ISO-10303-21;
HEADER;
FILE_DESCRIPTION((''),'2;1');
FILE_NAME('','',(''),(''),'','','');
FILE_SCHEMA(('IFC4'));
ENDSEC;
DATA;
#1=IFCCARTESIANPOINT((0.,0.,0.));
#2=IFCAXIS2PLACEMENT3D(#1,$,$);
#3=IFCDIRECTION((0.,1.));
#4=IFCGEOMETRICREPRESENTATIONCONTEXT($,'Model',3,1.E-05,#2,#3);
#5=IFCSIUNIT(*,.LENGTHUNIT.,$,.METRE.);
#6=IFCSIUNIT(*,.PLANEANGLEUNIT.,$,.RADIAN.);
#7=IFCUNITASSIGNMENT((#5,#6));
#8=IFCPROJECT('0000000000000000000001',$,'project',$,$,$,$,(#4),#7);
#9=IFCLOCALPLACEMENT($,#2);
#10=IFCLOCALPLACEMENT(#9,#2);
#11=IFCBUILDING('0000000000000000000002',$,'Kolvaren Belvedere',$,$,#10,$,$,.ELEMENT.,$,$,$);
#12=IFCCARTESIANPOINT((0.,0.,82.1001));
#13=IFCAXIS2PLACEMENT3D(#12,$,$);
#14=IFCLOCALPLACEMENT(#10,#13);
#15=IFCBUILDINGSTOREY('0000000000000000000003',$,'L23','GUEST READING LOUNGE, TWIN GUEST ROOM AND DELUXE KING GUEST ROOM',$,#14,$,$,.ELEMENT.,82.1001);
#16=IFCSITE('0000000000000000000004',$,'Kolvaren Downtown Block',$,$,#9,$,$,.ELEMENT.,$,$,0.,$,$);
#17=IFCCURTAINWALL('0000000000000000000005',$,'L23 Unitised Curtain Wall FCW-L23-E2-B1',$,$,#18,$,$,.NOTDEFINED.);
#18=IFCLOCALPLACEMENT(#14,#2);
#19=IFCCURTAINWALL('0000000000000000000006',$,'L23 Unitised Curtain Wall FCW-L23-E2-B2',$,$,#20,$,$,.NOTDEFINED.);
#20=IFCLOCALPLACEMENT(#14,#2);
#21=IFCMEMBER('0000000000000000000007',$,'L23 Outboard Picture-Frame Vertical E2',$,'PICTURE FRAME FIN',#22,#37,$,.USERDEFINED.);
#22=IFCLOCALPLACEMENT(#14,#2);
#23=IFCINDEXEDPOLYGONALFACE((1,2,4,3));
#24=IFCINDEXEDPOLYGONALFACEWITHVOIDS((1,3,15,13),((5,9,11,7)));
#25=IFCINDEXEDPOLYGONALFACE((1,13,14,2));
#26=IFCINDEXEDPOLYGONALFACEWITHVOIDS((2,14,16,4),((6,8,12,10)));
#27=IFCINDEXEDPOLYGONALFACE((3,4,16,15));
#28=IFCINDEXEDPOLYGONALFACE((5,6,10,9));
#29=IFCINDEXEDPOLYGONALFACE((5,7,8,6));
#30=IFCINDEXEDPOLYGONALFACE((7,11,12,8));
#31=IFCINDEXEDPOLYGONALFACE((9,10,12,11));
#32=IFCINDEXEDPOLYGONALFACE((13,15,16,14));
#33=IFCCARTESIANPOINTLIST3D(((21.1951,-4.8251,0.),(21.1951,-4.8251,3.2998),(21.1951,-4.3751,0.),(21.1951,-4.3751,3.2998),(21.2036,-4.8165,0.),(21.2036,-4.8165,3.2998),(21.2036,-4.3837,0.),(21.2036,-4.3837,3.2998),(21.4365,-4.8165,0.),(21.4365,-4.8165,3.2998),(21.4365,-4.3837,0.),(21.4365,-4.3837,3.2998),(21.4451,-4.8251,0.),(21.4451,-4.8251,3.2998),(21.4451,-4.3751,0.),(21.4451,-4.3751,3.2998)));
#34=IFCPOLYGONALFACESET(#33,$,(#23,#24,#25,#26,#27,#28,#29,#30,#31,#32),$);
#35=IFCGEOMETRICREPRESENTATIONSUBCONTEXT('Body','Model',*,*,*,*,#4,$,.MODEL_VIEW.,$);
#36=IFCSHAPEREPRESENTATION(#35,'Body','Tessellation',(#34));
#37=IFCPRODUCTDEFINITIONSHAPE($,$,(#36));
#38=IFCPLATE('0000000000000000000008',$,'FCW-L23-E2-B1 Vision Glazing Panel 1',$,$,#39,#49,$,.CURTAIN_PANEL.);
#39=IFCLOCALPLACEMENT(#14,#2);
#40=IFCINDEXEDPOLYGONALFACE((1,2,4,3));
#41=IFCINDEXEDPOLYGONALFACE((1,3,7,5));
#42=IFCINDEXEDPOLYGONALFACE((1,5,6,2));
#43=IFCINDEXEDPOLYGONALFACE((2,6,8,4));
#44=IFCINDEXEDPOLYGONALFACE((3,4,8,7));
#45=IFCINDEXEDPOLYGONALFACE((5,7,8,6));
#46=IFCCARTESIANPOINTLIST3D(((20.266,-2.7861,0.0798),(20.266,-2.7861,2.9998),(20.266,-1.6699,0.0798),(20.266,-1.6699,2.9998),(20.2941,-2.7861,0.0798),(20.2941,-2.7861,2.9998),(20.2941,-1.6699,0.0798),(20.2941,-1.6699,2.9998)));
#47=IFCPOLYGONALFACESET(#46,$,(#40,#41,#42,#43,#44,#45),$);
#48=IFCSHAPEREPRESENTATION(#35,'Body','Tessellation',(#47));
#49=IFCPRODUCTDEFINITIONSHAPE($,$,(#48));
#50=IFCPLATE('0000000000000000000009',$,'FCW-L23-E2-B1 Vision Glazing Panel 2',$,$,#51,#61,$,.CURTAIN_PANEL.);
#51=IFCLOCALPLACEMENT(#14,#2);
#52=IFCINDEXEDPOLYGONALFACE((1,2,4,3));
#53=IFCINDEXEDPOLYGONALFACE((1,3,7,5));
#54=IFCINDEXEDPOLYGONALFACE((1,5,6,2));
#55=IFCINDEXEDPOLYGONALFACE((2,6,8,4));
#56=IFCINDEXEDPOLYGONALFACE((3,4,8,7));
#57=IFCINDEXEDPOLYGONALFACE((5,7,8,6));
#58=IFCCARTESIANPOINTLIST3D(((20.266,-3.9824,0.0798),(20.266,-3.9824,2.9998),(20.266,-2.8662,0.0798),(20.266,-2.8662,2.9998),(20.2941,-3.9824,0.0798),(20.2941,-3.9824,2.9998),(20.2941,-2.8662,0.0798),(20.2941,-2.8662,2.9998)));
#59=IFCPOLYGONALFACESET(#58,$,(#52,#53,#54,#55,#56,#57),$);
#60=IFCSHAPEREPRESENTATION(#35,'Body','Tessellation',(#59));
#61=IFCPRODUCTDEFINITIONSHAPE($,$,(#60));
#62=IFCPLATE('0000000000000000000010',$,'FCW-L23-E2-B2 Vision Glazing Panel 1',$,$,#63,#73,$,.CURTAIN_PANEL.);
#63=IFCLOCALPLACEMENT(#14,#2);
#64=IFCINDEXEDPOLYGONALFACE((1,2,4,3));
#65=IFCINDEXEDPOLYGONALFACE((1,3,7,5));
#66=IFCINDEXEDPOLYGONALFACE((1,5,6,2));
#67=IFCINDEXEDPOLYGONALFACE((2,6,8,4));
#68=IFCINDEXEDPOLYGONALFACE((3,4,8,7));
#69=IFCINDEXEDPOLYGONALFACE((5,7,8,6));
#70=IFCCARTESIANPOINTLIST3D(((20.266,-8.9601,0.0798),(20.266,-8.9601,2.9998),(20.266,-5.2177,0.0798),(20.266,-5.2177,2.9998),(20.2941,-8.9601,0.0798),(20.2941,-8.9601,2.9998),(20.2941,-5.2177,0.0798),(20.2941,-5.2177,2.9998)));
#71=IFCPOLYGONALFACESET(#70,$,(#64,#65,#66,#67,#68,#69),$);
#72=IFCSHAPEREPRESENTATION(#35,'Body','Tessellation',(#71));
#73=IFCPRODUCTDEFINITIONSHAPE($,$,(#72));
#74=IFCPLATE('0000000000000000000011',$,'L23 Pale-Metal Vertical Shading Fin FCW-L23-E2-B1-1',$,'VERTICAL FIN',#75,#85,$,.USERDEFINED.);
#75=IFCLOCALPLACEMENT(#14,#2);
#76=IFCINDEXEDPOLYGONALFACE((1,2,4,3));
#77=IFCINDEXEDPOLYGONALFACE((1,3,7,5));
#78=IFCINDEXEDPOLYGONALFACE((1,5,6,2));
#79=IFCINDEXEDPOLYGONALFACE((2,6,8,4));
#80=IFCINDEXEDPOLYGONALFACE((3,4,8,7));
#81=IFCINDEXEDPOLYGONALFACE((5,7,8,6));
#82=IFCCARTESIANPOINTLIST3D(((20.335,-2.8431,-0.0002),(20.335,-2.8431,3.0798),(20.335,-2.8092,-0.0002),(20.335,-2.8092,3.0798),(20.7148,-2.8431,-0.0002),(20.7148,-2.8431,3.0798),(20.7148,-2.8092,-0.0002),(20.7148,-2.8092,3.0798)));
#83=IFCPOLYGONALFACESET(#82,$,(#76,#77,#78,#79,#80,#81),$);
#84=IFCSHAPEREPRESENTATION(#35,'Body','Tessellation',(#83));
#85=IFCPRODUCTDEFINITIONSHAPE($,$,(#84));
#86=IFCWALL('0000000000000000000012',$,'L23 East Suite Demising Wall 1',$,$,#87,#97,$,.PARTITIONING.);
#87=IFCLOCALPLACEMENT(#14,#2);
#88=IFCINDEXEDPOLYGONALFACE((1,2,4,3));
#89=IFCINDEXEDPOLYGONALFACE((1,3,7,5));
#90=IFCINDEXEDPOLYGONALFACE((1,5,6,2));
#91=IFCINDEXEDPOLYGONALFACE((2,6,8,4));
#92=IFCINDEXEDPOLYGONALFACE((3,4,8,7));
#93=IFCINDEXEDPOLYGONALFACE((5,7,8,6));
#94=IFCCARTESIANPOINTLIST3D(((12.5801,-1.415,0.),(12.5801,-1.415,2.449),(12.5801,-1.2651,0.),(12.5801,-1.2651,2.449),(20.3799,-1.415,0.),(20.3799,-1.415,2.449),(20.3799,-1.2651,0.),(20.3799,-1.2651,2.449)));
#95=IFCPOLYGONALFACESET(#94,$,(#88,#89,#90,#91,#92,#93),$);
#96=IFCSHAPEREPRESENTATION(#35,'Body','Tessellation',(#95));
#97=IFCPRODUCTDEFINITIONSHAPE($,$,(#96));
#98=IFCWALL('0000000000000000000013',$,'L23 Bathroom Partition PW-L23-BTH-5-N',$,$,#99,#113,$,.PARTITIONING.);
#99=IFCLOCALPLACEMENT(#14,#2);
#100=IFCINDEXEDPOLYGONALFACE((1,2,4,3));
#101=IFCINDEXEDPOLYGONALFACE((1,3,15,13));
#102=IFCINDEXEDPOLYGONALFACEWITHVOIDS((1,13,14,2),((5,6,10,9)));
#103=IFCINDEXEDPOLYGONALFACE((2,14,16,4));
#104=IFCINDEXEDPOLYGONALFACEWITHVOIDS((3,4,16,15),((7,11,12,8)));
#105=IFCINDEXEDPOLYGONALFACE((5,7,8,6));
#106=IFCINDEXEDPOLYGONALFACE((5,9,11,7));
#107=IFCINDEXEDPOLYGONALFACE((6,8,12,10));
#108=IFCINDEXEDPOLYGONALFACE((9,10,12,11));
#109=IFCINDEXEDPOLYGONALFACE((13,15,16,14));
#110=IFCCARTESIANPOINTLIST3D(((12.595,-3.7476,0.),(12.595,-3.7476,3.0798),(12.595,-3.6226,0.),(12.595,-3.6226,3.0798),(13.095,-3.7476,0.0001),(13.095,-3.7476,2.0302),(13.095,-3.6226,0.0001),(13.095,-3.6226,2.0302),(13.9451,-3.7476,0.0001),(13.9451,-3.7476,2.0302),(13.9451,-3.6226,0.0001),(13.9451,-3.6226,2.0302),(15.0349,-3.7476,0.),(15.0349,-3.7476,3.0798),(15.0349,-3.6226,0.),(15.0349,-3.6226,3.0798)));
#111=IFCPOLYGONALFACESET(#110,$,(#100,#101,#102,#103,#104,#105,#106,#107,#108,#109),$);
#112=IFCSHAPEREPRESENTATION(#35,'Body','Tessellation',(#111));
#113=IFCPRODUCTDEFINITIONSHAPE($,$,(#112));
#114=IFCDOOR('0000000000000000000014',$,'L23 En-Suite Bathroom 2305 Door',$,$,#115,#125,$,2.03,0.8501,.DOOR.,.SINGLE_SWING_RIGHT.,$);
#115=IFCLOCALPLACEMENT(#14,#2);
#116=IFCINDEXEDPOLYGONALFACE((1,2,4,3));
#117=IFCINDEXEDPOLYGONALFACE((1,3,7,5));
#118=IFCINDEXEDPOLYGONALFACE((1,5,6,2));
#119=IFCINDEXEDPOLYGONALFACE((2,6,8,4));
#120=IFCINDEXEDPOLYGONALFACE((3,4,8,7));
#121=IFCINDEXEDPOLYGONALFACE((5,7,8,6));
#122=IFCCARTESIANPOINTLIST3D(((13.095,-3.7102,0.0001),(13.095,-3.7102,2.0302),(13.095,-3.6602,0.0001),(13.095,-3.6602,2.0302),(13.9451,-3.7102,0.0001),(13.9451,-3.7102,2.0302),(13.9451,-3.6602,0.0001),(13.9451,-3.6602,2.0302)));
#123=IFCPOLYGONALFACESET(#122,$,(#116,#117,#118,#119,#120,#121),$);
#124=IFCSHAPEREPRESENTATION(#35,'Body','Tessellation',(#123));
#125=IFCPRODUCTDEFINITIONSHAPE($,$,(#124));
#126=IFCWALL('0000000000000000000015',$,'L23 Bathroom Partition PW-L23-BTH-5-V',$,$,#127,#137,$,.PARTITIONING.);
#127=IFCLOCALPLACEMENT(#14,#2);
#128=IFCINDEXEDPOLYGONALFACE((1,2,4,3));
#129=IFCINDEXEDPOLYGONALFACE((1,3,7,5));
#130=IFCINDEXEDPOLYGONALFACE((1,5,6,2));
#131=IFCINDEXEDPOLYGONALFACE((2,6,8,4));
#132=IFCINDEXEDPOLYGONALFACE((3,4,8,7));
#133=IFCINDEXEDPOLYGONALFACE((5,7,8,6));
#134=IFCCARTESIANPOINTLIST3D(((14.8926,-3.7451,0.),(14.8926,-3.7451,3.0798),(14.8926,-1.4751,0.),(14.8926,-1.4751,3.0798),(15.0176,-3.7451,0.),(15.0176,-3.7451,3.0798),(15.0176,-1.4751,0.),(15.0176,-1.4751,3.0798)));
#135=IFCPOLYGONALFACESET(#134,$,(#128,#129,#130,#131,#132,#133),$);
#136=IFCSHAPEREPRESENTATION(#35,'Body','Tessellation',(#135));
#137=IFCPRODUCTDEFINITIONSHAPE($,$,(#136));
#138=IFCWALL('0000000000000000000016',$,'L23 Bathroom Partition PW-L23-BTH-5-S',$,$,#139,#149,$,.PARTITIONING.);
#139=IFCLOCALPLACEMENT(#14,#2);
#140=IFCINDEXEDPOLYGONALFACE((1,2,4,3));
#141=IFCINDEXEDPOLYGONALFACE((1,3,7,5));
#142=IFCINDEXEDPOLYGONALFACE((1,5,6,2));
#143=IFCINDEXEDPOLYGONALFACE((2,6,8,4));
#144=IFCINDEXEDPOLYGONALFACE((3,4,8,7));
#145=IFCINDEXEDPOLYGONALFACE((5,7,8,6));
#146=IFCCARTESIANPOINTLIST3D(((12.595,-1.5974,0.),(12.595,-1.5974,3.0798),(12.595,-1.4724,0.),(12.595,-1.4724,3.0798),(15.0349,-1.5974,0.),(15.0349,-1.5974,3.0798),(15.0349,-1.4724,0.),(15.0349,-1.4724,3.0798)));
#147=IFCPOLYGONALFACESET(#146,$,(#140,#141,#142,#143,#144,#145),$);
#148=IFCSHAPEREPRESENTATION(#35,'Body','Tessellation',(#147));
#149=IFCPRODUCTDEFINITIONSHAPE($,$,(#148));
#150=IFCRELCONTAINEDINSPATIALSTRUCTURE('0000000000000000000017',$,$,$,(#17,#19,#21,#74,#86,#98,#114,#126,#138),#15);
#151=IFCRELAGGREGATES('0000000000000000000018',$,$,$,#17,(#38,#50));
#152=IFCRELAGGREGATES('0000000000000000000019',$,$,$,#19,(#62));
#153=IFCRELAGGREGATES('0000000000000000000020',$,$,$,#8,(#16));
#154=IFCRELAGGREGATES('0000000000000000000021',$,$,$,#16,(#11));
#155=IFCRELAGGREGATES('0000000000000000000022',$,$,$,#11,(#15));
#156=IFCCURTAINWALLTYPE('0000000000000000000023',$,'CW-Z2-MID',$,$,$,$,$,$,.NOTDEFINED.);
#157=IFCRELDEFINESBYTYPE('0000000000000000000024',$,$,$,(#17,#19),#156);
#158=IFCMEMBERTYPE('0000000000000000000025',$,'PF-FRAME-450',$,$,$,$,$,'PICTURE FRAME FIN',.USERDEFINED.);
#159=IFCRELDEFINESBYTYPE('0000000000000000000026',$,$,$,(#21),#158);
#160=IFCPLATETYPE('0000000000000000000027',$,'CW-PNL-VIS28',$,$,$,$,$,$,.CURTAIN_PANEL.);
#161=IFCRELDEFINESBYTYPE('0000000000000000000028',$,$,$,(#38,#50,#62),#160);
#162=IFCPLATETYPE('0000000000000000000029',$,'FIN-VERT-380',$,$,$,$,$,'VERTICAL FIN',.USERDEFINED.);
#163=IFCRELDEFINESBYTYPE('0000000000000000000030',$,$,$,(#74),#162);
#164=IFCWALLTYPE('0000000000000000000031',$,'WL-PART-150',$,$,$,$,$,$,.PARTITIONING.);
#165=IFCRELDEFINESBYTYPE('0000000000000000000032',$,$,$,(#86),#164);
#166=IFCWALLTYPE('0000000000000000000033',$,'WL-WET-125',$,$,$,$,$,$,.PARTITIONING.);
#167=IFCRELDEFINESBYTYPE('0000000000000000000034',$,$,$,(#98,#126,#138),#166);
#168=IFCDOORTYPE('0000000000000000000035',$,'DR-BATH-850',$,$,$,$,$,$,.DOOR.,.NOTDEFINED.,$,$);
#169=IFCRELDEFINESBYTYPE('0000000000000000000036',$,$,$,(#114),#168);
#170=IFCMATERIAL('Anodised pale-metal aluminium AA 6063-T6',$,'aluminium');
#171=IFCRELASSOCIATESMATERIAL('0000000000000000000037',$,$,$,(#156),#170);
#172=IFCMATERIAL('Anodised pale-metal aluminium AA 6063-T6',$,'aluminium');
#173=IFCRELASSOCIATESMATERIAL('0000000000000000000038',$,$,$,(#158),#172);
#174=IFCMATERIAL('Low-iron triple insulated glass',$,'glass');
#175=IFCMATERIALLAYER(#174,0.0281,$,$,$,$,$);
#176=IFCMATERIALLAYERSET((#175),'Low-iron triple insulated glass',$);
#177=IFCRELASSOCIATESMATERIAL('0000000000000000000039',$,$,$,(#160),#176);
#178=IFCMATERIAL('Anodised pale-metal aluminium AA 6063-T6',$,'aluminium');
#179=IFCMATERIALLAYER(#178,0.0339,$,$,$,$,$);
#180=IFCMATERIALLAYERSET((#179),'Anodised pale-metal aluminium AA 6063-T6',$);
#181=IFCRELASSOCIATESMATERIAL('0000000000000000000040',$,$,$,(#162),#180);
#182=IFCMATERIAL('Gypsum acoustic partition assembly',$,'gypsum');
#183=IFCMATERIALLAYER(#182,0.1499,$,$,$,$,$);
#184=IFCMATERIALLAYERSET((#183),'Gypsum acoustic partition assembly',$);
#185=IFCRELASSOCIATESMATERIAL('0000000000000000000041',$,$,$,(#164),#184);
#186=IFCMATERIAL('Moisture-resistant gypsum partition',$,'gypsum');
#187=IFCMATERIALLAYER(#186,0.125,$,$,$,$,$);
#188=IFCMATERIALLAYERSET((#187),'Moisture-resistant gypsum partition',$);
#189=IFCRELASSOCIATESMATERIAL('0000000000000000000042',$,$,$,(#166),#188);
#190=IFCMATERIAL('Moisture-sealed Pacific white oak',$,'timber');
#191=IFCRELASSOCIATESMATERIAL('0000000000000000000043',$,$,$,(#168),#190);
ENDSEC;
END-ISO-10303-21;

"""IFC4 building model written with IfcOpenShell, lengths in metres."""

from ifc_helpers import new_model, si_unit, direction, frame, frame_2d, origin, origin_2d, place, context, subcontext, project, spatial, rectangle, hollow_rectangle, extrude, material, layer, layer_set, material_profile, profile_set, type_object, element, fill, aggregate, save


model = new_model("IFC4")

# Units and contexts
model_context = context("Model", 3, precision=1e-05, world=origin(), true_north=direction((0.0, 1.0)))
body_context = subcontext(model_context, "Body", "Model", "MODEL_VIEW")
ifc_project = project(units=[si_unit("LENGTHUNIT", "METRE"), si_unit("PLANEANGLEUNIT", "RADIAN")], contexts=[model_context])

# Site, building, storey
site_placement = place(None, origin())
site = spatial("IfcSite", under=ifc_project, at=site_placement, Name="Kolvaren Downtown Block", CompositionType="ELEMENT", RefElevation=0.0)
building_placement = place(site_placement, origin())
building = spatial("IfcBuilding", under=site, at=building_placement, Name="Kolvaren Belvedere", CompositionType="ELEMENT")
storey_placement = place(building_placement, frame((0.0, 0.0, 82.1001)))
storey = spatial("IfcBuildingStorey", under=building, at=storey_placement, Name="L23", Description="GUEST READING LOUNGE, TWIN GUEST ROOM AND DELUXE KING GUEST ROOM", CompositionType="ELEMENT", Elevation=82.1001)

# Curtain wall
ifc_material_1 = material(Name="Anodised pale-metal aluminium AA 6063-T6", Category="aluminium")
curtain_wall_type = type_object("IfcCurtainWallType", Name="CW-Z2-MID", PredefinedType="NOTDEFINED", material=ifc_material_1)
curtain_wall_1_placement = place(storey_placement, origin())
curtain_wall_1 = element("IfcCurtainWall", 1, at=curtain_wall_1_placement, inside=storey, type_object=curtain_wall_type, Name="L23 Unitised Curtain Wall FCW-L23-E2-B1", PredefinedType="NOTDEFINED")

# Curtain wall
curtain_wall_2_placement = place(storey_placement, origin())
curtain_wall_2 = element("IfcCurtainWall", 2, at=curtain_wall_2_placement, inside=storey, type_object=curtain_wall_type, Name="L23 Unitised Curtain Wall FCW-L23-E2-B2", PredefinedType="NOTDEFINED")

# Member
ifc_material_2 = material(Name="Anodised pale-metal aluminium AA 6063-T6", Category="aluminium")
ifc_material_profile_1 = material_profile(ifc_material_2, hollow_rectangle(XDim=0.25, YDim=0.45, WallThickness=0.0085, at=origin_2d()), Name="ALU-PF-450X250")
ifc_profile_set_1 = profile_set([ifc_material_profile_1], Name="Anodised pale-metal aluminium AA 6063-T6")
member_type_1 = type_object("IfcMemberType", Name="PF-FRAME-450", ElementType="PICTURE FRAME FIN", PredefinedType="USERDEFINED", material=ifc_profile_set_1)
member_1_placement = place(storey_placement, frame((21.3201, -4.6001, 0.0), z_axis=(0.0, 0.0, 1.0), x_axis=(1.0, 0.0, 0.0)))
element("IfcMember", 3, at=member_1_placement, inside=storey, type_object=member_type_1, Name="L23 Outboard Picture-Frame Vertical E2", ObjectType="PICTURE FRAME FIN", PredefinedType="USERDEFINED", context=body_context, shape_type="SweptSolid", body=[
    extrude(hollow_rectangle(XDim=0.25, YDim=0.45, WallThickness=0.0085, at=origin_2d()), origin(), (0.0, 0.0, 1.0), 3.2998),
])

# Plates
ifc_material_3 = material(Name="Low-iron triple insulated glass", Category="glass")
ifc_layer_1 = layer(ifc_material_3, 0.0281)
ifc_layer_set_1 = layer_set([ifc_layer_1], Name="Low-iron triple insulated glass")
plate_type_1 = type_object("IfcPlateType", Name="CW-PNL-VIS28", PredefinedType="CURTAIN_PANEL", material=ifc_layer_set_1)
plate_1_placement = place(storey_placement, frame((20.28, -2.228, 0.0798), z_axis=(0.0, 0.0, 1.0), x_axis=(0.0, -1.0, 0.0)))
plate_1 = element("IfcPlate", 4, at=plate_1_placement, type_object=plate_type_1, Name="FCW-L23-E2-B1 Vision Glazing Panel 1", PredefinedType="CURTAIN_PANEL", context=body_context, shape_type="SweptSolid", body=[
    extrude(rectangle(XDim=1.1162, YDim=0.0281, at=origin_2d()), origin(), (0.0, 0.0, 1.0), 2.9199),
])
plate_2_placement = place(storey_placement, frame((20.28, -3.4243, 0.0798), z_axis=(0.0, 0.0, 1.0), x_axis=(0.0, -1.0, 0.0)))
plate_2 = element("IfcPlate", 5, at=plate_2_placement, type_object=plate_type_1, Name="FCW-L23-E2-B1 Vision Glazing Panel 2", PredefinedType="CURTAIN_PANEL", context=body_context, shape_type="SweptSolid", body=[
    extrude(rectangle(XDim=1.1162, YDim=0.0281, at=origin_2d()), origin(), (0.0, 0.0, 1.0), 2.9199),
])
aggregate(curtain_wall_1, [plate_1, plate_2])
plate_3_placement = place(storey_placement, frame((20.28, -7.0889, 0.0798), z_axis=(0.0, 0.0, 1.0), x_axis=(0.0, -1.0, 0.0)))
plate_3 = element("IfcPlate", 6, at=plate_3_placement, type_object=plate_type_1, Name="FCW-L23-E2-B2 Vision Glazing Panel 1", PredefinedType="CURTAIN_PANEL", context=body_context, shape_type="SweptSolid", body=[
    extrude(rectangle(XDim=3.7424, YDim=0.0281, at=origin_2d()), origin(), (0.0, 0.0, 1.0), 2.9199),
])
aggregate(curtain_wall_2, [plate_3])
ifc_material_4 = material(Name="Anodised pale-metal aluminium AA 6063-T6", Category="aluminium")
ifc_layer_2 = layer(ifc_material_4, 0.0339)
ifc_layer_set_2 = layer_set([ifc_layer_2], Name="Anodised pale-metal aluminium AA 6063-T6")
plate_type_2 = type_object("IfcPlateType", Name="FIN-VERT-380", ElementType="VERTICAL FIN", PredefinedType="USERDEFINED", material=ifc_layer_set_2)
plate_4_placement = place(storey_placement, frame((20.5249, -2.8262, -0.0002), z_axis=(0.0, 0.0, 1.0), x_axis=(1.0, 0.0, 0.0)))
element("IfcPlate", 7, at=plate_4_placement, inside=storey, type_object=plate_type_2, Name="L23 Pale-Metal Vertical Shading Fin FCW-L23-E2-B1-1", ObjectType="VERTICAL FIN", PredefinedType="USERDEFINED", context=body_context, shape_type="SweptSolid", body=[
    extrude(rectangle(XDim=0.3799, YDim=0.0339, at=origin_2d()), origin(), (0.0, 0.0, 1.0), 3.0801),
])

# Wall
ifc_material_5 = material(Name="Gypsum acoustic partition assembly", Category="gypsum")
ifc_layer_3 = layer(ifc_material_5, 0.1499)
ifc_layer_set_3 = layer_set([ifc_layer_3], Name="Gypsum acoustic partition assembly")
wall_type_1 = type_object("IfcWallType", Name="WL-PART-150", PredefinedType="PARTITIONING", material=ifc_layer_set_3)
wall_1_placement = place(storey_placement, frame((12.5801, -1.3401, 0.0), z_axis=(0.0, 0.0, 1.0), x_axis=(1.0, 0.0, 0.0)))
element("IfcWall", 8, at=wall_1_placement, inside=storey, type_object=wall_type_1, Name="L23 East Suite Demising Wall 1", PredefinedType="PARTITIONING", context=body_context, shape_type="SweptSolid", body=[
    extrude(rectangle(XDim=7.7998, YDim=0.1499, at=frame_2d((3.8999, 0.0))), origin(), (0.0, 0.0, 1.0), 2.449),
])

# Wall, opening, door
ifc_material_6 = material(Name="Moisture-resistant gypsum partition", Category="gypsum")
ifc_layer_4 = layer(ifc_material_6, 0.125)
ifc_layer_set_4 = layer_set([ifc_layer_4], Name="Moisture-resistant gypsum partition")
wall_type_2 = type_object("IfcWallType", Name="WL-WET-125", PredefinedType="PARTITIONING", material=ifc_layer_set_4)
wall_2_placement = place(storey_placement, frame((12.595, -3.6851, 0.0), z_axis=(0.0, 0.0, 1.0), x_axis=(1.0, 0.0, 0.0)))
wall_2 = element("IfcWall", 9, at=wall_2_placement, inside=storey, type_object=wall_type_2, Name="L23 Bathroom Partition PW-L23-BTH-5-N", PredefinedType="PARTITIONING", context=body_context, shape_type="SweptSolid", body=[
    extrude(rectangle(XDim=2.4399, YDim=0.125, at=frame_2d((1.22, 0.0))), origin(), (0.0, 0.0, 1.0), 3.0798),
])
opening_placement = place(wall_2_placement, frame((0.5, 0.0, 0.0)))
opening = element("IfcOpeningElement", 10, at=opening_placement, cuts=wall_2, PredefinedType="OPENING", context=body_context, shape_type="SweptSolid", body=[
    extrude(rectangle(XDim=0.8501, YDim=2.03, at=frame_2d((0.425, 1.0151))), frame((0.0, 0.0725, 0.0), z_axis=(0.0, -1.0, 0.0), x_axis=(1.0, 0.0, 0.0)), (0.0, 0.0, 1.0), 0.145),
])
ifc_material_7 = material(Name="Moisture-sealed Pacific white oak", Category="timber")
door_type = type_object("IfcDoorType", Name="DR-BATH-850", OperationType="NOTDEFINED", PredefinedType="DOOR", material=ifc_material_7)
door_placement = place(opening_placement, origin())
door = element("IfcDoor", 11, at=door_placement, inside=storey, type_object=door_type, Name="L23 En-Suite Bathroom 2305 Door", OperationType="SINGLE_SWING_RIGHT", OverallHeight=2.03, OverallWidth=0.8501, PredefinedType="DOOR", context=body_context, shape_type="SweptSolid", body=[
    extrude(rectangle(XDim=0.8501, YDim=2.03, at=frame_2d((0.425, 1.0151))), frame((0.0, 0.0249, 0.0), z_axis=(0.0, -1.0, 0.0), x_axis=(1.0, 0.0, 0.0)), (0.0, 0.0, 1.0), 0.05),
])
fill(opening, door)

# Walls
wall_3_placement = place(storey_placement, frame((14.9551, -3.7451, 0.0), z_axis=(0.0, 0.0, 1.0), x_axis=(0.0, 1.0, 0.0)))
element("IfcWall", 12, at=wall_3_placement, inside=storey, type_object=wall_type_2, Name="L23 Bathroom Partition PW-L23-BTH-5-V", PredefinedType="PARTITIONING", context=body_context, shape_type="SweptSolid", body=[
    extrude(rectangle(XDim=2.27, YDim=0.125, at=frame_2d((1.135, 0.0))), origin(), (0.0, 0.0, 1.0), 3.0798),
])
wall_4_placement = place(storey_placement, frame((12.595, -1.5349, 0.0), z_axis=(0.0, 0.0, 1.0), x_axis=(1.0, 0.0, 0.0)))
element("IfcWall", 13, at=wall_4_placement, inside=storey, type_object=wall_type_2, Name="L23 Bathroom Partition PW-L23-BTH-5-S", PredefinedType="PARTITIONING", context=body_context, shape_type="SweptSolid", body=[
    extrude(rectangle(XDim=2.4399, YDim=0.125, at=frame_2d((1.22, 0.0))), origin(), (0.0, 0.0, 1.0), 3.0798),
])

save(model, "model.ifc")
